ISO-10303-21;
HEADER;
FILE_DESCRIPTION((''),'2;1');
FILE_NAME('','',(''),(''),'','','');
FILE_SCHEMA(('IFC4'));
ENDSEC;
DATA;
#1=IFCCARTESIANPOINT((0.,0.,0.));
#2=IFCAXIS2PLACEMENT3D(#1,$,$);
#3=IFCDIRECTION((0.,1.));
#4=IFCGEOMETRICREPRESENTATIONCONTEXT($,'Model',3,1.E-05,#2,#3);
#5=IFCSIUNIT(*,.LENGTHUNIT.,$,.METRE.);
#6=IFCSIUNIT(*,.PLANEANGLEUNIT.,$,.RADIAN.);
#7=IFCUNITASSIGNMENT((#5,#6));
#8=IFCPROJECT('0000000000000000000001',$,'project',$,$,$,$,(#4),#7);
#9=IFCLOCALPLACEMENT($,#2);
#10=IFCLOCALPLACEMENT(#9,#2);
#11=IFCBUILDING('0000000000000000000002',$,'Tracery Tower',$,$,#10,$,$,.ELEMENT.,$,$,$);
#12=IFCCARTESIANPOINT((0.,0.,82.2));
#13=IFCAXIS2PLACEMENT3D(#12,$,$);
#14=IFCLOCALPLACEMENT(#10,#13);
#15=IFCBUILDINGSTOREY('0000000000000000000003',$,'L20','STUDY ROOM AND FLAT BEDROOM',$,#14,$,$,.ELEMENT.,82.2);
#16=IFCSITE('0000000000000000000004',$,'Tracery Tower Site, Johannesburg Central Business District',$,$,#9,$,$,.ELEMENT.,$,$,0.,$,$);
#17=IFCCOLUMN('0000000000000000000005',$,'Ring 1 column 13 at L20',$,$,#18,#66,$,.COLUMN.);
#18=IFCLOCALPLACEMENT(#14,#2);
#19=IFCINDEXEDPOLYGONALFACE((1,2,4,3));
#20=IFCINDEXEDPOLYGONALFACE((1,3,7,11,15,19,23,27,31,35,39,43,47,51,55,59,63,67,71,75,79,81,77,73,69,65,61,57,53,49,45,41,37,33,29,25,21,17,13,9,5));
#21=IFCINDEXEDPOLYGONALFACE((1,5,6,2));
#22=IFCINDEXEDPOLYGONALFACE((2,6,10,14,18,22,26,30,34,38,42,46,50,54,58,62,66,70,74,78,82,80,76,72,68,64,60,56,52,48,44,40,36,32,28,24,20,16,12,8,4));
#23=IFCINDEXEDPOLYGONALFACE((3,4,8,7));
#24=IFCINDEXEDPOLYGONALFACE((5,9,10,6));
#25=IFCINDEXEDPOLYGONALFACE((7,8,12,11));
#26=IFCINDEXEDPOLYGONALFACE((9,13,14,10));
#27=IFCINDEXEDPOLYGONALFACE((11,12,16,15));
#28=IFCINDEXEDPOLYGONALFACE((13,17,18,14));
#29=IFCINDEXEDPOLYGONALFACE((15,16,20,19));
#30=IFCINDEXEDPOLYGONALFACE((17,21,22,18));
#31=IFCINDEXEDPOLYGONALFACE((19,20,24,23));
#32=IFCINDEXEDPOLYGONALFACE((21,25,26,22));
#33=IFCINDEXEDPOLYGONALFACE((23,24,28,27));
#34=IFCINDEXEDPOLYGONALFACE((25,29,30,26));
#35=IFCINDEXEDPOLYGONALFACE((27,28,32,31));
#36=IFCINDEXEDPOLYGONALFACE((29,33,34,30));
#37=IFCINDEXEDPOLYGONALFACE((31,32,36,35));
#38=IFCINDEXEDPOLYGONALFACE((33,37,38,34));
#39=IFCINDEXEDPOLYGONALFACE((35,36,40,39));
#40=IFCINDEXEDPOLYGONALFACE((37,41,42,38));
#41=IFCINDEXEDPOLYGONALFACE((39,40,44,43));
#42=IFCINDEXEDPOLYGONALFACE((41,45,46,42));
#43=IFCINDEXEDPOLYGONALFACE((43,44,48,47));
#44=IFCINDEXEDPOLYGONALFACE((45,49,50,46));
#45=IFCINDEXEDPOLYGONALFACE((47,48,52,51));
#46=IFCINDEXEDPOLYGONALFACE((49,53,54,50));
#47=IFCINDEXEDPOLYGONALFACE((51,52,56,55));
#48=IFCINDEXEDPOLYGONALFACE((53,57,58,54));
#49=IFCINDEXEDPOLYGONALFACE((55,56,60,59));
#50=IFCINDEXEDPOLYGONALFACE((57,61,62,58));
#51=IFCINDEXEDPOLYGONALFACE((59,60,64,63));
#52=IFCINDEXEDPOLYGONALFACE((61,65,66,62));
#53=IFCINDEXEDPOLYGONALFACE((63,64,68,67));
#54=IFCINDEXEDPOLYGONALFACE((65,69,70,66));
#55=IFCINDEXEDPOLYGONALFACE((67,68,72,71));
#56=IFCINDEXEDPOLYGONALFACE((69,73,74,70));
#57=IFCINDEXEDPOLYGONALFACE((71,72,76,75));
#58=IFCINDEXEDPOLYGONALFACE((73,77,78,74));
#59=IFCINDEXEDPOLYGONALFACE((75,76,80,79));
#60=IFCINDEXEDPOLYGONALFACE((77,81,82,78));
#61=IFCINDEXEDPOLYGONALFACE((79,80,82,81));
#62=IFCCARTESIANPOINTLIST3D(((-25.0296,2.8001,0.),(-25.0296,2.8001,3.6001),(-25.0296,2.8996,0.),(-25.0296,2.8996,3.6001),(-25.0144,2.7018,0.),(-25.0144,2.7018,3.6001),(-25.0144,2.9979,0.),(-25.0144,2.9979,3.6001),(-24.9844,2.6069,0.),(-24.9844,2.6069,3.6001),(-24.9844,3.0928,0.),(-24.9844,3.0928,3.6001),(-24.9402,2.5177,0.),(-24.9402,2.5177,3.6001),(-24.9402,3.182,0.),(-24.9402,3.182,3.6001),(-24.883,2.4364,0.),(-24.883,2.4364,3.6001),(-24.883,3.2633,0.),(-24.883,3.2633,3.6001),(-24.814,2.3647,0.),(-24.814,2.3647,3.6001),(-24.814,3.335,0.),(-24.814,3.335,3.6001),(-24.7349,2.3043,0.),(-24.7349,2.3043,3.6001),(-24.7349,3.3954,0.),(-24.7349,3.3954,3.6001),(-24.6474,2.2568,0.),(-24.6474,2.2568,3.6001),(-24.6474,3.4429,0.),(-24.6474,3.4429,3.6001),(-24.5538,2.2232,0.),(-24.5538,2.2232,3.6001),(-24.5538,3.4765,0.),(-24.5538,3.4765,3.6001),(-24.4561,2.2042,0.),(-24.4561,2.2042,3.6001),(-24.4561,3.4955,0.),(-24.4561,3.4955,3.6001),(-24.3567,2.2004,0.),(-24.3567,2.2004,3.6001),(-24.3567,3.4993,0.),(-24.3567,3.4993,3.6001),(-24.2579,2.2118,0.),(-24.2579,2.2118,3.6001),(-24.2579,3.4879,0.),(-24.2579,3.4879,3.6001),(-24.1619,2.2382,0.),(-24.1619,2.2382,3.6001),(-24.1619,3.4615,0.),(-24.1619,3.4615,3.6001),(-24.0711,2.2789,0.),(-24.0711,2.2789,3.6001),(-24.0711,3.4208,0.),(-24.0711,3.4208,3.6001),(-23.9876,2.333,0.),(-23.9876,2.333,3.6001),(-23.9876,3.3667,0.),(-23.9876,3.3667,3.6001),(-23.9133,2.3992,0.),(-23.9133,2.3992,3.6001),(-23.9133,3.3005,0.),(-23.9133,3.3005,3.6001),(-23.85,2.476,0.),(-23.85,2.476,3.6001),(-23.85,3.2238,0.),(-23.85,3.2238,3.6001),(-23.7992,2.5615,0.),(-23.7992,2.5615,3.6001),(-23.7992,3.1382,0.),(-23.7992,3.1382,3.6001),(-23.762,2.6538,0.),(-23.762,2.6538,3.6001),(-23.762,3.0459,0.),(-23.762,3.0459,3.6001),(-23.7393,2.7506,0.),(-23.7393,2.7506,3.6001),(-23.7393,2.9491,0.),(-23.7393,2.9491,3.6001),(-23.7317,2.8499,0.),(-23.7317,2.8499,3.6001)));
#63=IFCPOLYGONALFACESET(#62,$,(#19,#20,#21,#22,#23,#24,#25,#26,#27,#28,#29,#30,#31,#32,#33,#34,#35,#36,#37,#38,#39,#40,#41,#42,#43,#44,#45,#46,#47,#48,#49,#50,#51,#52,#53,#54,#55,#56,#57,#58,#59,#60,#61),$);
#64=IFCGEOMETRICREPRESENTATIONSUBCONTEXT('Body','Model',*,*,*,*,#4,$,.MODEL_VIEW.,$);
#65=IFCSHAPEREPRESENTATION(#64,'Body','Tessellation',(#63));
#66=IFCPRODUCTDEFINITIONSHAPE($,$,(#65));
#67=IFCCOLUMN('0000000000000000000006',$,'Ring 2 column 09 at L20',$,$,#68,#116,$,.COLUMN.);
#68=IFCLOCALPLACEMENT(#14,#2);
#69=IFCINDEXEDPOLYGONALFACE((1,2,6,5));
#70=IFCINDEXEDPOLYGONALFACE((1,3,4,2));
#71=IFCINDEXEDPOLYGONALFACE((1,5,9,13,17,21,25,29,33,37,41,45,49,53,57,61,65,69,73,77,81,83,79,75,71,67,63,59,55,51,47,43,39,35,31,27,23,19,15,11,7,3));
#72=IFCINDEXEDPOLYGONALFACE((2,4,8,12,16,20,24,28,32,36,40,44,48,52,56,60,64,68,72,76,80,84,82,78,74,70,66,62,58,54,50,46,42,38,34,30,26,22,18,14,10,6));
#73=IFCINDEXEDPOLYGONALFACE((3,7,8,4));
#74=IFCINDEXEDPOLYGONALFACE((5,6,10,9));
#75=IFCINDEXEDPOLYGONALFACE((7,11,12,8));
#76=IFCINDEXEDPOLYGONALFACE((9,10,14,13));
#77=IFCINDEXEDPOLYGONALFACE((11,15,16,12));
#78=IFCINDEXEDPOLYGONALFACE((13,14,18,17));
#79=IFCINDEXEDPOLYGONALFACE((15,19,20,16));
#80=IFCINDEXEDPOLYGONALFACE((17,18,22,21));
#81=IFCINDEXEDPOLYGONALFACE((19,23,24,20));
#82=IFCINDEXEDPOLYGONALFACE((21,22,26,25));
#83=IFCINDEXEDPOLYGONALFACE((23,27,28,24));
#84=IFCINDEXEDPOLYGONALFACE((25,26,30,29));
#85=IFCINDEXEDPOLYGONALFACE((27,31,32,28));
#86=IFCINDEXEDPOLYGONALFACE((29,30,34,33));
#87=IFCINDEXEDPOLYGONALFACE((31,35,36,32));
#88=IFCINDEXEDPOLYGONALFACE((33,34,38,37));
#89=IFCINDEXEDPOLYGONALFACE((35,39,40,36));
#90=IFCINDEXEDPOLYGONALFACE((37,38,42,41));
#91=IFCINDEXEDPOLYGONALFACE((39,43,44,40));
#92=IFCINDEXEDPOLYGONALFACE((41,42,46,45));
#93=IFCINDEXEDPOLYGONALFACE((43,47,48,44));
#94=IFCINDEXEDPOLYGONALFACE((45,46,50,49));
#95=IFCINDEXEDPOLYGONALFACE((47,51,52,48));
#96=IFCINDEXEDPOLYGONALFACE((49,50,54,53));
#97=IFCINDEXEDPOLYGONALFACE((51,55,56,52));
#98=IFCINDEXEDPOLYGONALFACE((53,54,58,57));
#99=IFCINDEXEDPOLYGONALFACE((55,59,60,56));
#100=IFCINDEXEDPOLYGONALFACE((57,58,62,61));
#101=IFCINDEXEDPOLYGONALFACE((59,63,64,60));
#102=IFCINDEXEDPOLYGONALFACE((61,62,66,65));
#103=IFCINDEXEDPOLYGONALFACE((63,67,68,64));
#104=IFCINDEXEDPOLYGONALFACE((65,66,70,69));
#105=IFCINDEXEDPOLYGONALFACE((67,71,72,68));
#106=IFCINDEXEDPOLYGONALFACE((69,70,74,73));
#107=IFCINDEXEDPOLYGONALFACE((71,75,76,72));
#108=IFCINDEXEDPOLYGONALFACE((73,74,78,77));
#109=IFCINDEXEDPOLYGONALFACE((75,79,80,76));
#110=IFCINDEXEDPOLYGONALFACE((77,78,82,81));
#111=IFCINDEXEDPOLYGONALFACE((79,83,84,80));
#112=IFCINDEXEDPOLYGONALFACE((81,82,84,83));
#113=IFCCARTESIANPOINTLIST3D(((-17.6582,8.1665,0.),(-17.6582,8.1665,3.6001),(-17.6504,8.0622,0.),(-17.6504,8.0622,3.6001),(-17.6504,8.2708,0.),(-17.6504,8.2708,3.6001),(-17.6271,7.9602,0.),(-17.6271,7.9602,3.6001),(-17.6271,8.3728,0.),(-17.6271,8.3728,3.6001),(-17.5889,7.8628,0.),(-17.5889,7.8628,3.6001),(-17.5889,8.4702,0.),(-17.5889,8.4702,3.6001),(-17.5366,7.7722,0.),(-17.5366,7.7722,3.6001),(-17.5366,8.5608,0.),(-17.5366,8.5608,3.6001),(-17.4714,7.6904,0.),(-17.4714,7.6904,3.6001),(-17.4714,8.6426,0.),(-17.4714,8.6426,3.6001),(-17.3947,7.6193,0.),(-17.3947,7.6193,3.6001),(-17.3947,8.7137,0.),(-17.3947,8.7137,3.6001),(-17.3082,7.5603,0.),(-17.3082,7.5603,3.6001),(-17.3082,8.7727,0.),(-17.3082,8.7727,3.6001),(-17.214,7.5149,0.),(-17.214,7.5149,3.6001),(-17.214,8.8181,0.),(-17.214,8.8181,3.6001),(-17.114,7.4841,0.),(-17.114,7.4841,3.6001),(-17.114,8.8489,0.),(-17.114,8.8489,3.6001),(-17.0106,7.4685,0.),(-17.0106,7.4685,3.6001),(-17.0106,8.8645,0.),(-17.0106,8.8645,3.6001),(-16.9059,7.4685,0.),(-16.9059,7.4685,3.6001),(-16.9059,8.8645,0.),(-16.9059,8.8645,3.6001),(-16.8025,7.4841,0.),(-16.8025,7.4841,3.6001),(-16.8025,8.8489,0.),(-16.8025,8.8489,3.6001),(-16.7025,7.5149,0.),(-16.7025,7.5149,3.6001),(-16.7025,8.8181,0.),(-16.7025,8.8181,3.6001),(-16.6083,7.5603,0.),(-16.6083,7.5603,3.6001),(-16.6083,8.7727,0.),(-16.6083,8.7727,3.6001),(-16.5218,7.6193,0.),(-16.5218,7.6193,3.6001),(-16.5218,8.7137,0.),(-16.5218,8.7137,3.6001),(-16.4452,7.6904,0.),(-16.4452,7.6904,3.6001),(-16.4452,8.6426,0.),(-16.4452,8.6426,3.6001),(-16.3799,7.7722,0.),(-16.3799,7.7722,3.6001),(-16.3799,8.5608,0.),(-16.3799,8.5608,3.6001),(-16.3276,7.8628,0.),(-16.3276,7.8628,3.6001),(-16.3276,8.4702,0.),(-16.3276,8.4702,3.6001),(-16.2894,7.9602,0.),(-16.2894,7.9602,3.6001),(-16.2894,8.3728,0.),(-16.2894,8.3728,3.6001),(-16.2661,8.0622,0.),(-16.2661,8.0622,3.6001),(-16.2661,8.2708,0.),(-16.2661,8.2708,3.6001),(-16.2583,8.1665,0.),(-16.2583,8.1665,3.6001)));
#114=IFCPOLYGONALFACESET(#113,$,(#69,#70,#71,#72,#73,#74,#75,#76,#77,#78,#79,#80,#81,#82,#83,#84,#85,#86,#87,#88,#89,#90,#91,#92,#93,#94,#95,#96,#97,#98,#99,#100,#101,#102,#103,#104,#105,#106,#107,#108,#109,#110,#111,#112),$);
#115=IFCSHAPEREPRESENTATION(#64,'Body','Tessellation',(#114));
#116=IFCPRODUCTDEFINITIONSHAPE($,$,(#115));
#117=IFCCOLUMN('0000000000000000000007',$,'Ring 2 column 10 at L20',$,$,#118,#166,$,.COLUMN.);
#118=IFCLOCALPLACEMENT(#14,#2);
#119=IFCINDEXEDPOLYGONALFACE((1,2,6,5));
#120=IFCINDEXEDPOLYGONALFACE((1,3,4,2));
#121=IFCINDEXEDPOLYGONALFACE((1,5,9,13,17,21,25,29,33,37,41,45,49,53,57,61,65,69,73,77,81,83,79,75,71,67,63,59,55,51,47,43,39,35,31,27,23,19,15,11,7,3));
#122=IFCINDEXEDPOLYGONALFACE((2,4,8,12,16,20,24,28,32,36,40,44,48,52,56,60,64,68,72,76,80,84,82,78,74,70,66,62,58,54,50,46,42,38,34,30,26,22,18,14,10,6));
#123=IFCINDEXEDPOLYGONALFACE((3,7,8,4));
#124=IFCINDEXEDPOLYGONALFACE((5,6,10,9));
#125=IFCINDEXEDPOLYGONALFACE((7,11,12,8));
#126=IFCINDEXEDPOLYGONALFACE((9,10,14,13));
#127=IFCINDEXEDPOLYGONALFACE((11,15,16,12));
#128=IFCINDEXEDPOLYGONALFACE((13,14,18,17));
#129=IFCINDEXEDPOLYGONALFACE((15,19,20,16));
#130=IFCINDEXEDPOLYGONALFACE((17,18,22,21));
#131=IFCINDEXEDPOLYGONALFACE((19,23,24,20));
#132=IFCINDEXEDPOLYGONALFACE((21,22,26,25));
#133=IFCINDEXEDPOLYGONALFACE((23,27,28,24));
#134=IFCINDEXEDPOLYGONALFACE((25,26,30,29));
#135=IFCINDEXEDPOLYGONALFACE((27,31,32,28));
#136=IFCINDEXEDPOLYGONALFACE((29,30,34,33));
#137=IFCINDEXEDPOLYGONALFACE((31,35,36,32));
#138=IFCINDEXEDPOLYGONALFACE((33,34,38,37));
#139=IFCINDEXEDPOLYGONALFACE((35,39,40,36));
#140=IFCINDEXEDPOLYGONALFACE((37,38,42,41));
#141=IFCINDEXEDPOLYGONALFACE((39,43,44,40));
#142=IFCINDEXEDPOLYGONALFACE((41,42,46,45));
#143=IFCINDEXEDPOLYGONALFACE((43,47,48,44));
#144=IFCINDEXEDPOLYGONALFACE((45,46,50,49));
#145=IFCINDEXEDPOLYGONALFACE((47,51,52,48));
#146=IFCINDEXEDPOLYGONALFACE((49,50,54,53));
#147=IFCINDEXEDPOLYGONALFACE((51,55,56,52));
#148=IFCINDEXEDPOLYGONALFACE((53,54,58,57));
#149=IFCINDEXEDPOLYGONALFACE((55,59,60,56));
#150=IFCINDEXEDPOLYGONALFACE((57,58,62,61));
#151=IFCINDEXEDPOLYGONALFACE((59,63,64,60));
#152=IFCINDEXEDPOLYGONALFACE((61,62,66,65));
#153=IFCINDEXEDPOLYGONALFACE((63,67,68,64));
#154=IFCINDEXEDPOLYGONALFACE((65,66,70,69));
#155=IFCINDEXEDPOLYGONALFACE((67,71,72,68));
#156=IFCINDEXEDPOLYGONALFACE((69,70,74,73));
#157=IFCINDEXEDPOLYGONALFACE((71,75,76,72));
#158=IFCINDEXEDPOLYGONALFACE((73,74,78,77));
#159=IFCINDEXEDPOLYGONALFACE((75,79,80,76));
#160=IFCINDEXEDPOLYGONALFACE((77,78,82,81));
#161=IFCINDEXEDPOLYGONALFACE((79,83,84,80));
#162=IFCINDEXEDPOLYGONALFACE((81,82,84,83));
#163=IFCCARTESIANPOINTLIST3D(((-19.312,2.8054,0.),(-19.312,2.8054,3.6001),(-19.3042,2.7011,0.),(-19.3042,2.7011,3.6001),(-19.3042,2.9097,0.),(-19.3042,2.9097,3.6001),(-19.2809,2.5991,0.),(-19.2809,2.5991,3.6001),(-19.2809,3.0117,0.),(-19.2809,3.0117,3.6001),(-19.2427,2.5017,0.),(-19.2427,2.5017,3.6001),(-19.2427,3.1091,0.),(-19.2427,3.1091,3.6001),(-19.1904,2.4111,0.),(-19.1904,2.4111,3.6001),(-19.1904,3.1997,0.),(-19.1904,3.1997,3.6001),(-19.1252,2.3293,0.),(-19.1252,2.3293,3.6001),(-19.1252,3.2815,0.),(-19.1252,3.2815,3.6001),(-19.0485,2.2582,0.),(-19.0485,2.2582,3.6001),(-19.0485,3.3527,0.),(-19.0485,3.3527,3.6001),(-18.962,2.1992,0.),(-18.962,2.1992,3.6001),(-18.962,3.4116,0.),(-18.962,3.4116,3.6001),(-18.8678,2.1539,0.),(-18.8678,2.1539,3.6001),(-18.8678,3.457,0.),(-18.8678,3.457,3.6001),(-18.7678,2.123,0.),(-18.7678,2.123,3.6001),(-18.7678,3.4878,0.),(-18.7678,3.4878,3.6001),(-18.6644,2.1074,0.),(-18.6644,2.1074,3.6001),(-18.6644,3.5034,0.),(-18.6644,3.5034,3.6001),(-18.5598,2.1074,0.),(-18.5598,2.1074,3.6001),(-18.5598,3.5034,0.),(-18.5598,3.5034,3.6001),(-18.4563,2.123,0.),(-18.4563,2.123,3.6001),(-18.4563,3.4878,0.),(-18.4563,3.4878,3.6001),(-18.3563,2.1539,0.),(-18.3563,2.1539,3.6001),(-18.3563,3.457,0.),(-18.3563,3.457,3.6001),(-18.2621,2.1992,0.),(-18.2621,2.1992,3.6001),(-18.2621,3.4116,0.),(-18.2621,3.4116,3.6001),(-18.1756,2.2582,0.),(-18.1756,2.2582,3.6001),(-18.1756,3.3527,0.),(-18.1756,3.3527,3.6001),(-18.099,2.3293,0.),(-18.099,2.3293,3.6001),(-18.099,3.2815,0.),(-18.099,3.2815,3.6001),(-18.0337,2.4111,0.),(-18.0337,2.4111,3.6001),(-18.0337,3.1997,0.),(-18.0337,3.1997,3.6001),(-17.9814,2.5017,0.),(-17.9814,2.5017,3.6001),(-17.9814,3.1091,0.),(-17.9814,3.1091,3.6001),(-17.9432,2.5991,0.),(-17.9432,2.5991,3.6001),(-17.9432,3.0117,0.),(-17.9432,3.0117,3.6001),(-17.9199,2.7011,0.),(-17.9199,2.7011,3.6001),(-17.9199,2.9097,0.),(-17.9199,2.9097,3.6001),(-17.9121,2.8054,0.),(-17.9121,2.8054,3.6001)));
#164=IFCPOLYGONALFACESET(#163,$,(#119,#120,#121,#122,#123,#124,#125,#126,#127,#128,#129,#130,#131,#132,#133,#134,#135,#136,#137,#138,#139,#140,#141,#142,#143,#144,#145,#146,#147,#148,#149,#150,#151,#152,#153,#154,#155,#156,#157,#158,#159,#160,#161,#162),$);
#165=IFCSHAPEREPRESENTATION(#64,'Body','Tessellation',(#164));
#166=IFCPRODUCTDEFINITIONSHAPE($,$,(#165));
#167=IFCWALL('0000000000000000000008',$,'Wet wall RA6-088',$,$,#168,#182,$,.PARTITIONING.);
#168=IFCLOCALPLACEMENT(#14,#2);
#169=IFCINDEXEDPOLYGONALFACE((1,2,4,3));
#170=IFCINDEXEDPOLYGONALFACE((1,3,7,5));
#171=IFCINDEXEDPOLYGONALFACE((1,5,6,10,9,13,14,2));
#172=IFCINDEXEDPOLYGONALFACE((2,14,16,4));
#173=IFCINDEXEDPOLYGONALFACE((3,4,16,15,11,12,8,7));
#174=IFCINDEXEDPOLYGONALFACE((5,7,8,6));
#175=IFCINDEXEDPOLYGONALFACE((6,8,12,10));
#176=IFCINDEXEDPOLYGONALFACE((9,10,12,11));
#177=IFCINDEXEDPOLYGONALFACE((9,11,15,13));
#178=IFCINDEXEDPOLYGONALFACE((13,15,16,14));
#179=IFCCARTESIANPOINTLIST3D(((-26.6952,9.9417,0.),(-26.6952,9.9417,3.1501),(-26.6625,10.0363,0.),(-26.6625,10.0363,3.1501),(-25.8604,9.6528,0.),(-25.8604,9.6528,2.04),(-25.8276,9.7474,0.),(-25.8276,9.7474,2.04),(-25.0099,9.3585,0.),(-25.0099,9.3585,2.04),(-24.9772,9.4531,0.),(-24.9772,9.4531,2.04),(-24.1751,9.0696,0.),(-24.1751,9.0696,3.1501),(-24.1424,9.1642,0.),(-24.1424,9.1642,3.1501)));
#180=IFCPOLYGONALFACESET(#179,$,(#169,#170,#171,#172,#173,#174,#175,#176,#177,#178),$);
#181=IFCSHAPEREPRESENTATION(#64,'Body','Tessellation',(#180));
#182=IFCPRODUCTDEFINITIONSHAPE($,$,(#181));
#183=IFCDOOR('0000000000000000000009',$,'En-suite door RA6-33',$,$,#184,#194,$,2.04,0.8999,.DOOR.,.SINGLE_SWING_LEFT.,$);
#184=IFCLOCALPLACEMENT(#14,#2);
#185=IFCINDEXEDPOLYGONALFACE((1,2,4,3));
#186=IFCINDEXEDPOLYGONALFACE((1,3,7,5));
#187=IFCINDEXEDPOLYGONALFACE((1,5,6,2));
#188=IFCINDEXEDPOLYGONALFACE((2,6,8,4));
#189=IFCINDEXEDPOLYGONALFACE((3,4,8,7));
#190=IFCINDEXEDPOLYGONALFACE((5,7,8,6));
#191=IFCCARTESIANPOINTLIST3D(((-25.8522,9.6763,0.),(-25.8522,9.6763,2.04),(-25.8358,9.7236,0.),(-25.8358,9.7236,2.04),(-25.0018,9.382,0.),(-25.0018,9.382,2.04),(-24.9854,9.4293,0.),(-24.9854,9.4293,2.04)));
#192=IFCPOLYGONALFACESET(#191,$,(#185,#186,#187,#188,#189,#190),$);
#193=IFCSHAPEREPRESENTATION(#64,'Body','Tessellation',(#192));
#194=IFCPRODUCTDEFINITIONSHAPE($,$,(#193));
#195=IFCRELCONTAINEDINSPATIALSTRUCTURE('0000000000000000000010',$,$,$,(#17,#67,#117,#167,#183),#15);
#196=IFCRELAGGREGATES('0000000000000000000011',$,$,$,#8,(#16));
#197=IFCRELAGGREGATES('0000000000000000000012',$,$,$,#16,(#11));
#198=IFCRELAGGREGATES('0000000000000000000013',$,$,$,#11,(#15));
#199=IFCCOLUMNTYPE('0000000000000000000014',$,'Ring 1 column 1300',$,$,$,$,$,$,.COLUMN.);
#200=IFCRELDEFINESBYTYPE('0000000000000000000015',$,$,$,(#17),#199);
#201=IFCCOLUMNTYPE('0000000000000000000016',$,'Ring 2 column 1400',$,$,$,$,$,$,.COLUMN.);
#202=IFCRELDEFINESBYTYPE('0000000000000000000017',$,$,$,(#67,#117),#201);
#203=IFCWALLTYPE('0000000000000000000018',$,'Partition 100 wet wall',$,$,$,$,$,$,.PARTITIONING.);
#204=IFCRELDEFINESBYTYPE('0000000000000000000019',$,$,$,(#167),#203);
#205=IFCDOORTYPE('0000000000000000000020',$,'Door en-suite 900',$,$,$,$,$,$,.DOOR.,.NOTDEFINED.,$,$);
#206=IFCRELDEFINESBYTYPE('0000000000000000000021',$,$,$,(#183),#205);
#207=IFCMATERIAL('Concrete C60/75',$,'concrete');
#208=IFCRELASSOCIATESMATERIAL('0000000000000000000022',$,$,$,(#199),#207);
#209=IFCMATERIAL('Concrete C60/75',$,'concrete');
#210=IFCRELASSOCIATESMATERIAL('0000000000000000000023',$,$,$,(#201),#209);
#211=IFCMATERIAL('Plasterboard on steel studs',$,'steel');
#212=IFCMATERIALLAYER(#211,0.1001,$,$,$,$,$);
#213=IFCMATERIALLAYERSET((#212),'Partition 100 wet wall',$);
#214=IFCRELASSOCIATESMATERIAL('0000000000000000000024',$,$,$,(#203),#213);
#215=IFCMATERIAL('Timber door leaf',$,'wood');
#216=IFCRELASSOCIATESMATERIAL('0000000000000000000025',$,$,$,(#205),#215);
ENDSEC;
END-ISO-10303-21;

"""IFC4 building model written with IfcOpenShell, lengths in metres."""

from ifc_helpers import new_model, si_unit, direction, frame, frame_2d, origin, origin_2d, place, context, subcontext, project, spatial, rectangle, circle, extrude, material, layer, layer_set, material_profile, profile_set, type_object, element, fill, save


model = new_model("IFC4")

# Units and contexts
model_context = context("Model", 3, precision=1e-05, world=origin(), true_north=direction((0.0, 1.0)))
body_context = subcontext(model_context, "Body", "Model", "MODEL_VIEW")
ifc_project = project(units=[si_unit("LENGTHUNIT", "METRE"), si_unit("PLANEANGLEUNIT", "RADIAN")], contexts=[model_context])

# Site, building, storey
site_placement = place(None, origin())
site = spatial("IfcSite", under=ifc_project, at=site_placement, Name="Tracery Tower Site, Johannesburg Central Business District", CompositionType="ELEMENT", RefElevation=0.0)
building_placement = place(site_placement, origin())
building = spatial("IfcBuilding", under=site, at=building_placement, Name="Tracery Tower", CompositionType="ELEMENT")
storey_placement = place(building_placement, frame((0.0, 0.0, 82.2)))
storey = spatial("IfcBuildingStorey", under=building, at=storey_placement, Name="L20", Description="STUDY ROOM AND FLAT BEDROOM", CompositionType="ELEMENT", Elevation=82.2)

# Columns
ifc_material_1 = material(Name="Concrete C60/75", Category="concrete")
ifc_material_profile_1 = material_profile(ifc_material_1, circle(Radius=0.6499, at=origin_2d()), Name="RC D1300")
ifc_profile_set_1 = profile_set([ifc_material_profile_1], Name="Concrete C60/75")
column_type_1 = type_object("IfcColumnType", Name="Ring 1 column 1300", PredefinedType="COLUMN", material=ifc_profile_set_1)
for number, where, z_axis, x_axis, name in (
    (1, (-24.3816, 2.8499, 0.0), (0.0, 0.0, 1.0), (1.0, 0.0, 0.0), "Ring 1 column 13 at L20"),
):
    element("IfcColumn", number, at=place(storey_placement, frame(where, z_axis=z_axis, x_axis=x_axis)), inside=storey, type_object=column_type_1, Name=name, PredefinedType="COLUMN", context=body_context, shape_type="SweptSolid", body=[
        extrude(circle(Radius=0.6499, at=origin_2d()), origin(), (0.0, 0.0, 1.0), 3.6001),
    ])
ifc_material_2 = material(Name="Concrete C60/75", Category="concrete")
ifc_material_profile_2 = material_profile(ifc_material_2, circle(Radius=0.7, at=origin_2d()), Name="RC D1400")
ifc_profile_set_2 = profile_set([ifc_material_profile_2], Name="Concrete C60/75")
column_type_2 = type_object("IfcColumnType", Name="Ring 2 column 1400", PredefinedType="COLUMN", material=ifc_profile_set_2)
for number, where, z_axis, x_axis, name in (
    (2, (-16.9583, 8.1665, 0.0), (0.0, 0.0, 1.0), (1.0, 0.0, 0.0), "Ring 2 column 09 at L20"),
    (3, (-18.6121, 2.8054, 0.0), (0.0, 0.0, 1.0), (1.0, 0.0, 0.0), "Ring 2 column 10 at L20"),
):
    element("IfcColumn", number, at=place(storey_placement, frame(where, z_axis=z_axis, x_axis=x_axis)), inside=storey, type_object=column_type_2, Name=name, PredefinedType="COLUMN", context=body_context, shape_type="SweptSolid", body=[
        extrude(circle(Radius=0.7, at=origin_2d()), origin(), (0.0, 0.0, 1.0), 3.6001),
    ])

# Wall, opening, door
ifc_material_3 = material(Name="Plasterboard on steel studs", Category="steel")
ifc_layer_1 = layer(ifc_material_3, 0.1001)
ifc_layer_set_1 = layer_set([ifc_layer_1], Name="Partition 100 wet wall")
wall_type_1 = type_object("IfcWallType", Name="Partition 100 wet wall", PredefinedType="PARTITIONING", material=ifc_layer_set_1)
wall_1_placement = place(storey_placement, frame((-26.679, 9.989, 0.0), z_axis=(0.0, 0.0, 1.0), x_axis=(0.945014, -0.327029, 0.0)))
wall_1 = element("IfcWall", 4, at=wall_1_placement, inside=storey, type_object=wall_type_1, Name="Wet wall RA6-088", PredefinedType="PARTITIONING", context=body_context, shape_type="SweptSolid", body=[
    extrude(rectangle(XDim=2.6667, YDim=0.1001, at=frame_2d((1.3335, 0.0))), origin(), (0.0, 0.0, 1.0), 3.1501),
])
opening_1_placement = place(wall_1_placement, frame((0.8835, 0.0, 0.0)))
opening_1 = element("IfcOpeningElement", 5, at=opening_1_placement, cuts=wall_1, PredefinedType="OPENING", context=body_context, shape_type="SweptSolid", body=[
    extrude(rectangle(XDim=0.8999, YDim=2.04, at=frame_2d((0.45, 1.02))), frame((0.0, 0.05, 0.0), z_axis=(0.0, -1.0, 0.0), x_axis=(1.0, 0.0, 0.0)), (0.0, 0.0, 1.0), 0.1001),
])
ifc_material_4 = material(Name="Timber door leaf", Category="wood")
door_type_1 = type_object("IfcDoorType", Name="Door en-suite 900", OperationType="NOTDEFINED", PredefinedType="DOOR", material=ifc_material_4)
door_1_placement = place(opening_1_placement, origin())
door_1 = element("IfcDoor", 6, at=door_1_placement, inside=storey, type_object=door_type_1, Name="En-suite door RA6-33", OperationType="SINGLE_SWING_LEFT", OverallHeight=2.04, OverallWidth=0.8999, PredefinedType="DOOR", context=body_context, shape_type="SweptSolid", body=[
    extrude(rectangle(XDim=0.8999, YDim=2.04, at=frame_2d((0.45, 1.02))), frame((0.0, 0.0249, 0.0), z_axis=(0.0, -1.0, 0.0), x_axis=(1.0, 0.0, 0.0)), (0.0, 0.0, 1.0), 0.05),
])
fill(opening_1, door_1)

save(model, "model.ifc")
